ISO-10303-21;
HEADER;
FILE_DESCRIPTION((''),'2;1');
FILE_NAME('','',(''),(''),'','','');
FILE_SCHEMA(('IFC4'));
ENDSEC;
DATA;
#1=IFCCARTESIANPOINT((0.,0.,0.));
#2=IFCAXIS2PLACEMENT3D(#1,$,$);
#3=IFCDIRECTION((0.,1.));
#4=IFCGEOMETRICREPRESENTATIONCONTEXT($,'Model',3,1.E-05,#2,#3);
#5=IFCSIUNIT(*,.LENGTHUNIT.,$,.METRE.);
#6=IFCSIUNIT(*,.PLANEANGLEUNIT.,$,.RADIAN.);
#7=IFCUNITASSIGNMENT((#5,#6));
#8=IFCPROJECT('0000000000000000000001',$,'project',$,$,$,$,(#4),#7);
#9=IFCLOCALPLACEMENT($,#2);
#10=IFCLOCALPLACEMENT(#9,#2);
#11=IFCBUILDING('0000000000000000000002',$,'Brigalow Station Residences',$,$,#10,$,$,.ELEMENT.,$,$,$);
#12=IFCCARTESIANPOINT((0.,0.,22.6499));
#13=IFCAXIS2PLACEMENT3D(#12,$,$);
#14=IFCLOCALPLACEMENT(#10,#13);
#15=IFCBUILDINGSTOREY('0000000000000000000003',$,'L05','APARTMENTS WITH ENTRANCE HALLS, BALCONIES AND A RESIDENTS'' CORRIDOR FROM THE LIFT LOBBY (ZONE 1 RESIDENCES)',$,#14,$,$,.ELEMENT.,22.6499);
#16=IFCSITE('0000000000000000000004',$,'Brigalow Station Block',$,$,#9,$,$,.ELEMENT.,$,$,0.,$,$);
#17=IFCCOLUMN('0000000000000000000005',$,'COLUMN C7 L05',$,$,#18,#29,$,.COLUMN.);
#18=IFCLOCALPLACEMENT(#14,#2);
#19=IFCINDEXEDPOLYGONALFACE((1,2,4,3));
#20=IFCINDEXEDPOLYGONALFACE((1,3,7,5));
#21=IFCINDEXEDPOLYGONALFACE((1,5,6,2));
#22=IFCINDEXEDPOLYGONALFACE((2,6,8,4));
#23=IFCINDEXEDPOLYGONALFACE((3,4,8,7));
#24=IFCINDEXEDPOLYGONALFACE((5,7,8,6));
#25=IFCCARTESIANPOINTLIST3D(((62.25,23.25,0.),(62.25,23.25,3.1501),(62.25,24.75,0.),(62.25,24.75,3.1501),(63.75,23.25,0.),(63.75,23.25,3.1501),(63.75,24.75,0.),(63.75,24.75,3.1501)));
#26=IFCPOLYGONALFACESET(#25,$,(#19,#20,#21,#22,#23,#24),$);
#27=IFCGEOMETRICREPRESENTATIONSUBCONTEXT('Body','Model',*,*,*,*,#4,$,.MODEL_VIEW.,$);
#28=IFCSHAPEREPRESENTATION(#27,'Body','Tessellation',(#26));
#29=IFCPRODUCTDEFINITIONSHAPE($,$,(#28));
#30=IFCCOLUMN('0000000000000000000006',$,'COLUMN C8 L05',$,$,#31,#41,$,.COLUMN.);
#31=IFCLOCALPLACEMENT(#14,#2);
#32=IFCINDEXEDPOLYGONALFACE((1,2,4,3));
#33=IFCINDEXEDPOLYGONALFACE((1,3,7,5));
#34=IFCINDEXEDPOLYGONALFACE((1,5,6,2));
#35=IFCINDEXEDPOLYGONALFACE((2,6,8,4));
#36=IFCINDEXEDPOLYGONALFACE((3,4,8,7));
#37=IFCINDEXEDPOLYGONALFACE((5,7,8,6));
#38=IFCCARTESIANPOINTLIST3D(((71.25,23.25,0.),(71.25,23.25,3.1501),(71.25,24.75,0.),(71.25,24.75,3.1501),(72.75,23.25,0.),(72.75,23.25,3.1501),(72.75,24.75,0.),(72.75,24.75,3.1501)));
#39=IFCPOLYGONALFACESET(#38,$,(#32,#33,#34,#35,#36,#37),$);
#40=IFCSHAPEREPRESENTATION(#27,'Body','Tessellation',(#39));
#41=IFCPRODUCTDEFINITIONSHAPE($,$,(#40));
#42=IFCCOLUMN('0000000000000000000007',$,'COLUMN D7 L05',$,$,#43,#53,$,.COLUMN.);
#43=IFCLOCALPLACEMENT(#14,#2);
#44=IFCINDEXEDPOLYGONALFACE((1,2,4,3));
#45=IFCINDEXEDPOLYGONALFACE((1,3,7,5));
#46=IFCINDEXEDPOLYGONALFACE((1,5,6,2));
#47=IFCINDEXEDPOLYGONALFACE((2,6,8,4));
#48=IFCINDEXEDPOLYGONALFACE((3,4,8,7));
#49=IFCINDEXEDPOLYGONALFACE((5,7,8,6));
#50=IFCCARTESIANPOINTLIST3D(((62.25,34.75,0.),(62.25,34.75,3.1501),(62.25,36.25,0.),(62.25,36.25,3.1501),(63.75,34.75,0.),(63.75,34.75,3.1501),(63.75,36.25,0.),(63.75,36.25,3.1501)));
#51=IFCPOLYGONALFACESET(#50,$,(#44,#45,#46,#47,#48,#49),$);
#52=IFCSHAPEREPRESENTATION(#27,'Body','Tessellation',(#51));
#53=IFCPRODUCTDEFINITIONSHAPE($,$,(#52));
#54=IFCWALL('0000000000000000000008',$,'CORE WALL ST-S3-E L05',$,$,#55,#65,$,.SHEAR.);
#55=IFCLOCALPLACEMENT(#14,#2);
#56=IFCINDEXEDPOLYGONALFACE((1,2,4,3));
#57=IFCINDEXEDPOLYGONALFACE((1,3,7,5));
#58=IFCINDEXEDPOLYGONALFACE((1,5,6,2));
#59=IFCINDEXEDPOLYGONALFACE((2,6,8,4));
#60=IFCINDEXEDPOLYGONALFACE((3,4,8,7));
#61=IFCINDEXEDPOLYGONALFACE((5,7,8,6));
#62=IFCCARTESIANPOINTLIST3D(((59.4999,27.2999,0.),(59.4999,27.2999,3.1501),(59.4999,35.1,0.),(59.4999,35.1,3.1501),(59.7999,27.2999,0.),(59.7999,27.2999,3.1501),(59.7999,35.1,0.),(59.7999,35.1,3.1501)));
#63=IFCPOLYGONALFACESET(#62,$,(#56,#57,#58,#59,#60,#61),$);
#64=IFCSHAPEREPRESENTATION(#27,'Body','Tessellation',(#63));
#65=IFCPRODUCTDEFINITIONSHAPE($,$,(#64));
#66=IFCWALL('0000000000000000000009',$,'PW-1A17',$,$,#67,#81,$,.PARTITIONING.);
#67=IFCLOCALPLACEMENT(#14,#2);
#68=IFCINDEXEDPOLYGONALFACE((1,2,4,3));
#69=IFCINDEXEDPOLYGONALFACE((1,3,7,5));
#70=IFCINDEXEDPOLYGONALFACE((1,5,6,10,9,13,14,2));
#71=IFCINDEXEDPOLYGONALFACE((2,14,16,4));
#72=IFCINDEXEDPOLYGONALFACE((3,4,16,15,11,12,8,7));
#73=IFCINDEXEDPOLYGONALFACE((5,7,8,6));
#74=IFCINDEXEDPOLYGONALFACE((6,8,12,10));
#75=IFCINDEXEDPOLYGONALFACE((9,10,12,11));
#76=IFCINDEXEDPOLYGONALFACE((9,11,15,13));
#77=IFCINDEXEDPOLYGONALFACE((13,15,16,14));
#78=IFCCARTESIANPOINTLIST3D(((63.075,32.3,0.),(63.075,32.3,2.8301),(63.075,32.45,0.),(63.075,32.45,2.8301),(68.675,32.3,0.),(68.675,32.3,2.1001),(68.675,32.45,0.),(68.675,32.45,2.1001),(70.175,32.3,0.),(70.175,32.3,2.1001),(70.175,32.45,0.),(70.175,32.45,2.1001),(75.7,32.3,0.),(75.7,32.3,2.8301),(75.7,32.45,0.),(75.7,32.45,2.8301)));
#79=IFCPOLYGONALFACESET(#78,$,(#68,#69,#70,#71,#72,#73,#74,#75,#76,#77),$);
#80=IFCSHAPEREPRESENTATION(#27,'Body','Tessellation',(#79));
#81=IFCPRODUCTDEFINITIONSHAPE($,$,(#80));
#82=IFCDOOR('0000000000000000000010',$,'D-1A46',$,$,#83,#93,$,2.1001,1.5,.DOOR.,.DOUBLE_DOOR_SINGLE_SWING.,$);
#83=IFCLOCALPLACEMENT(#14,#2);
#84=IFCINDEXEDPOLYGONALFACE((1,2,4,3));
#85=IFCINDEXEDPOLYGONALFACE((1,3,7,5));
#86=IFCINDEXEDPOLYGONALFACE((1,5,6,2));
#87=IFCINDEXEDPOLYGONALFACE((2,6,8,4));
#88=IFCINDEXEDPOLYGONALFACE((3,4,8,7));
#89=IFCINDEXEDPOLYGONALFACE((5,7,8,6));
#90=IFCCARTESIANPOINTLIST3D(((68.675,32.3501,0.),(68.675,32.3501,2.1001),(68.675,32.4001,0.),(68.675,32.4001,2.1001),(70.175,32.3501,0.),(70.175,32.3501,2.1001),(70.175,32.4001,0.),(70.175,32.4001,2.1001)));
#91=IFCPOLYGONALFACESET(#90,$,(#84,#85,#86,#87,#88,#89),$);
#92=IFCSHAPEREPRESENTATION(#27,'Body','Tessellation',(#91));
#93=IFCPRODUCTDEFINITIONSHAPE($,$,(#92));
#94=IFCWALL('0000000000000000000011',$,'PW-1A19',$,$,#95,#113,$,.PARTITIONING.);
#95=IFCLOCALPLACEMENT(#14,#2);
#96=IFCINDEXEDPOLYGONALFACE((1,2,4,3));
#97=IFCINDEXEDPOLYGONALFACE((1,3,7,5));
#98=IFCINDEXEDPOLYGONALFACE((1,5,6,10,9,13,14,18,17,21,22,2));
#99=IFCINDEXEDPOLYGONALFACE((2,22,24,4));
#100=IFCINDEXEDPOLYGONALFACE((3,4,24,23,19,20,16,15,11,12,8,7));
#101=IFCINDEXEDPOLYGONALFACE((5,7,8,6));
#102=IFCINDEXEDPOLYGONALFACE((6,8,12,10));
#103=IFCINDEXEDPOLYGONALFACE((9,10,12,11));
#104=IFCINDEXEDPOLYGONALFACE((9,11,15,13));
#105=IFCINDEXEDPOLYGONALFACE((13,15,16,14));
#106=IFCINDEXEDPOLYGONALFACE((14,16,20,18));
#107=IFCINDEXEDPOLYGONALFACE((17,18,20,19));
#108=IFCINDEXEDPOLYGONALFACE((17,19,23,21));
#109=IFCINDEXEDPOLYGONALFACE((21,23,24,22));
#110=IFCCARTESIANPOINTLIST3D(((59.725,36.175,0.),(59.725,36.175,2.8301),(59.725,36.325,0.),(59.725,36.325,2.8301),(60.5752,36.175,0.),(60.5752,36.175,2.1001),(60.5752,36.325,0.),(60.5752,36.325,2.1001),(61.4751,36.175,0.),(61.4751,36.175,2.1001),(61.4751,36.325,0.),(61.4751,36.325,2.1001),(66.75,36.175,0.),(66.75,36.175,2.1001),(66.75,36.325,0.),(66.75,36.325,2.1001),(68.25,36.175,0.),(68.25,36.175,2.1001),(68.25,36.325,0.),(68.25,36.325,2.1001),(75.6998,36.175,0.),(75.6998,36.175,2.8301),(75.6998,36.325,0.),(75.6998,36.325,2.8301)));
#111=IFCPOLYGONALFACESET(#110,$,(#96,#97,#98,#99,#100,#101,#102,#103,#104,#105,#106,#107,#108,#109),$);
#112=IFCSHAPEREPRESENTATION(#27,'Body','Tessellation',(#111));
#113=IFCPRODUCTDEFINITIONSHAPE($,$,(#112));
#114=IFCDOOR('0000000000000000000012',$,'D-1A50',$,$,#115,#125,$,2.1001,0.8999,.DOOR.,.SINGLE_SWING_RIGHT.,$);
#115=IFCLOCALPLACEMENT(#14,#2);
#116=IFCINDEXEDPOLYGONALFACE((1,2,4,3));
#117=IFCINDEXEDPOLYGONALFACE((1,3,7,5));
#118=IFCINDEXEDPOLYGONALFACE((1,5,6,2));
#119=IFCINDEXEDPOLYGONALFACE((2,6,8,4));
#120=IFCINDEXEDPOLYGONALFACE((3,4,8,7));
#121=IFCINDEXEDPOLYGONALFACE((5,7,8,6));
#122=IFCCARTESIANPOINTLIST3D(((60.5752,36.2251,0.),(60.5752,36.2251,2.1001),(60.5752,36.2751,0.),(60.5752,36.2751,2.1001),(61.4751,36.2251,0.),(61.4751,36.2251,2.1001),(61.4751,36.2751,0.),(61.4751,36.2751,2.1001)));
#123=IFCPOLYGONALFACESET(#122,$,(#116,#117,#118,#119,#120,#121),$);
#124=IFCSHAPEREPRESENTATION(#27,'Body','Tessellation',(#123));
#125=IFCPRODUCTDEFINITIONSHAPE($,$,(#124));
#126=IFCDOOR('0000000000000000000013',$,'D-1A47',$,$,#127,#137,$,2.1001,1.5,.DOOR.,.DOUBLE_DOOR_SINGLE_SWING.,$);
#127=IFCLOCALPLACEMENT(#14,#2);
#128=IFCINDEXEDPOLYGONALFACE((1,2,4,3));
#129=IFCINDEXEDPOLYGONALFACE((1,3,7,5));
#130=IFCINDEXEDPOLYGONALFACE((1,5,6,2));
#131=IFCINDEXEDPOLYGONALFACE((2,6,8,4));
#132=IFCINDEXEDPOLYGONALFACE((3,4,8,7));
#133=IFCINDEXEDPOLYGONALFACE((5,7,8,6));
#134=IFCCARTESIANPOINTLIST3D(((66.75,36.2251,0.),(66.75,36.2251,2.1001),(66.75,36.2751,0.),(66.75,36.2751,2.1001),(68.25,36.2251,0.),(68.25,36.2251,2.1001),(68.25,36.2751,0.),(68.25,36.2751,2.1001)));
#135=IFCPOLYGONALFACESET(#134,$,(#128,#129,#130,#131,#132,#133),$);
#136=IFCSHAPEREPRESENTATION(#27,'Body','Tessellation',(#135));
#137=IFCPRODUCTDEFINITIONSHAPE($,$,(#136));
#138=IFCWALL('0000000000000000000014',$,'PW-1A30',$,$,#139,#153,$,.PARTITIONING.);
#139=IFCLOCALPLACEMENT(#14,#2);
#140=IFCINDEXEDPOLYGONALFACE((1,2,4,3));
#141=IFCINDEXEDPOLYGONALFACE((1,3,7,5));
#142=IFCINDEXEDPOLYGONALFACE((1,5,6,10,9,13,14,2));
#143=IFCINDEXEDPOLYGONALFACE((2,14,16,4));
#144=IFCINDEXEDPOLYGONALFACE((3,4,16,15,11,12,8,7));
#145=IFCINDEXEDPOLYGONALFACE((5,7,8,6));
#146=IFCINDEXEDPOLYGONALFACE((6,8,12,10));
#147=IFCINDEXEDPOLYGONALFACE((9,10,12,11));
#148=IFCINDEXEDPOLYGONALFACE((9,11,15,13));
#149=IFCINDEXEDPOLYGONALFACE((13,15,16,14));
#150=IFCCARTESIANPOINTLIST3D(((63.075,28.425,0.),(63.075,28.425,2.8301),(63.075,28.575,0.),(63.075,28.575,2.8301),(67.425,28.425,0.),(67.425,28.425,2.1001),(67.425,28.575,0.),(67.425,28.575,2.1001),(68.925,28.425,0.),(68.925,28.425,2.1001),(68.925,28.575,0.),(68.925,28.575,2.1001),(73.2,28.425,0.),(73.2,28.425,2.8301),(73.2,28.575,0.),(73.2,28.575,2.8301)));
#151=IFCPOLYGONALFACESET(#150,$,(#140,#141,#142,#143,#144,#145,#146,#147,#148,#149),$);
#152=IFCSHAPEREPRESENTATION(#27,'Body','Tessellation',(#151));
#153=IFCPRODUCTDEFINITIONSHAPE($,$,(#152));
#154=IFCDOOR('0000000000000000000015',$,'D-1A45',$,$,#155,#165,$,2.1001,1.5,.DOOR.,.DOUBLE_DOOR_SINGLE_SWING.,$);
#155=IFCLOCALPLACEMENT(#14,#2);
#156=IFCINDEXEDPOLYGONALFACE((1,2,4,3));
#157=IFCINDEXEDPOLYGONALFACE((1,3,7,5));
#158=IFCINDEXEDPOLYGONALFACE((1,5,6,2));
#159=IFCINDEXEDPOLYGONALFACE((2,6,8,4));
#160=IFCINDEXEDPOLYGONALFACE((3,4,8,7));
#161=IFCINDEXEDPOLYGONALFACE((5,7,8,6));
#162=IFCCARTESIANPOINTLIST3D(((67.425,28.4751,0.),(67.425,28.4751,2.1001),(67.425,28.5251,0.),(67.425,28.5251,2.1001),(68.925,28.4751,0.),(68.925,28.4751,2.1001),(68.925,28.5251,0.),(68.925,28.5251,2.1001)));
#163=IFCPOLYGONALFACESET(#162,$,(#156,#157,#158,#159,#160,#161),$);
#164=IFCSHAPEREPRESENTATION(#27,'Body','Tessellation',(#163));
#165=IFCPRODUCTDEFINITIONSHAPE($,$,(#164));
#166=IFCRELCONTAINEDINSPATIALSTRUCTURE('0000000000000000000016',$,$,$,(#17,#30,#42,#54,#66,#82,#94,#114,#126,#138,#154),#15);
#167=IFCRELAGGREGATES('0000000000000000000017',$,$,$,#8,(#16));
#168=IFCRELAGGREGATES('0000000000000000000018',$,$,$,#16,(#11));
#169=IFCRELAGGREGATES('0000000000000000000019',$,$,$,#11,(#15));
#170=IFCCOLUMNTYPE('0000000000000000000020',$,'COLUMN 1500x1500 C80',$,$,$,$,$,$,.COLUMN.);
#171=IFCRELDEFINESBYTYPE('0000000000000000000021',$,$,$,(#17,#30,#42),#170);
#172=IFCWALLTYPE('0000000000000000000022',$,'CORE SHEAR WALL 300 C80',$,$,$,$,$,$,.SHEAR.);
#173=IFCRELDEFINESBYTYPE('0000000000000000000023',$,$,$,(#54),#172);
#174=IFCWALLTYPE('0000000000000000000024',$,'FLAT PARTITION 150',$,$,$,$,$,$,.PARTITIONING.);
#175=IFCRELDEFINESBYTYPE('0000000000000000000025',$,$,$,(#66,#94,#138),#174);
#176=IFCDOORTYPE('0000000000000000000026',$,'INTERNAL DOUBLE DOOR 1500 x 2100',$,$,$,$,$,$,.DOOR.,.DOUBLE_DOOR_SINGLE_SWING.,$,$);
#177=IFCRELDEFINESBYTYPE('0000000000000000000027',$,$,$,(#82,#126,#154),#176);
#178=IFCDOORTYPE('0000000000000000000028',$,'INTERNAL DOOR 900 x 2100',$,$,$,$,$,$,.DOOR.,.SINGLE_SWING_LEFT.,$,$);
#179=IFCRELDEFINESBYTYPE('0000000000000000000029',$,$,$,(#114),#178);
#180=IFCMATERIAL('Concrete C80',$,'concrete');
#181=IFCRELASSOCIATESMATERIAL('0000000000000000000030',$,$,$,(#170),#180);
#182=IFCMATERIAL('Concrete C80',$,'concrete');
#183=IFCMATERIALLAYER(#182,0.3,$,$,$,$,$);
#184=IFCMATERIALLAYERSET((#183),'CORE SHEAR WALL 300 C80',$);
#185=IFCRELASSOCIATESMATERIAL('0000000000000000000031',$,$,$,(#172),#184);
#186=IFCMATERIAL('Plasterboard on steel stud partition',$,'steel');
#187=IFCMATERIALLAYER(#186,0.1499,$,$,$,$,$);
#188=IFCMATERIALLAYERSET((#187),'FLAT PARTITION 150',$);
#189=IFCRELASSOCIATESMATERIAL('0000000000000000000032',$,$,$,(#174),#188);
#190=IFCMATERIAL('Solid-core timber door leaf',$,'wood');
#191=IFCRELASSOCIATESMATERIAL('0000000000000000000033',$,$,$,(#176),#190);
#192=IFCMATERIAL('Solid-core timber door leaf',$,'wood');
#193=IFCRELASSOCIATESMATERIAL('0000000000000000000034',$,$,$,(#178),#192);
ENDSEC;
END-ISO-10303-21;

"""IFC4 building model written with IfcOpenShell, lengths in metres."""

from ifc_helpers import new_model, si_unit, direction, frame, frame_2d, origin, origin_2d, place, context, subcontext, project, spatial, rectangle, extrude, material, layer, layer_set, material_profile, profile_set, type_object, element, fill, save


model = new_model("IFC4")

# Units and contexts
model_context = context("Model", 3, precision=1e-05, world=origin(), true_north=direction((0.0, 1.0)))
body_context = subcontext(model_context, "Body", "Model", "MODEL_VIEW")
ifc_project = project(units=[si_unit("LENGTHUNIT", "METRE"), si_unit("PLANEANGLEUNIT", "RADIAN")], contexts=[model_context])

# Site, building, storey
site_placement = place(None, origin())
site = spatial("IfcSite", under=ifc_project, at=site_placement, Name="Brigalow Station Block", CompositionType="ELEMENT", RefElevation=0.0)
building_placement = place(site_placement, origin())
building = spatial("IfcBuilding", under=site, at=building_placement, Name="Brigalow Station Residences", CompositionType="ELEMENT")
storey_placement = place(building_placement, frame((0.0, 0.0, 22.6499)))
storey = spatial("IfcBuildingStorey", under=building, at=storey_placement, Name="L05", Description="APARTMENTS WITH ENTRANCE HALLS, BALCONIES AND A RESIDENTS' CORRIDOR FROM THE LIFT LOBBY (ZONE 1 RESIDENCES)", CompositionType="ELEMENT", Elevation=22.6499)

# Columns
ifc_material_1 = material(Name="Concrete C80", Category="concrete")
ifc_material_profile = material_profile(ifc_material_1, rectangle(XDim=1.5, YDim=1.5, at=origin_2d()), Name="RC1500x1500")
ifc_profile_set = profile_set([ifc_material_profile], Name="Concrete C80")
column_type = type_object("IfcColumnType", Name="COLUMN 1500x1500 C80", PredefinedType="COLUMN", material=ifc_profile_set)
for number, where, z_axis, x_axis, name in (
    (1, (63.0, 24.0, 0.0), (0.0, 0.0, 1.0), (1.0, 0.0, 0.0), "COLUMN C7 L05"),
    (2, (72.0, 24.0, 0.0), (0.0, 0.0, 1.0), (1.0, 0.0, 0.0), "COLUMN C8 L05"),
    (3, (63.0, 35.5, 0.0), (0.0, 0.0, 1.0), (1.0, 0.0, 0.0), "COLUMN D7 L05"),
):
    element("IfcColumn", number, at=place(storey_placement, frame(where, z_axis=z_axis, x_axis=x_axis)), inside=storey, type_object=column_type, Name=name, PredefinedType="COLUMN", context=body_context, shape_type="SweptSolid", body=[
        extrude(rectangle(XDim=1.5, YDim=1.5, at=origin_2d()), origin(), (0.0, 0.0, 1.0), 3.1501),
    ])

# Wall
ifc_material_2 = material(Name="Concrete C80", Category="concrete")
ifc_layer_1 = layer(ifc_material_2, 0.3)
ifc_layer_set_1 = layer_set([ifc_layer_1], Name="CORE SHEAR WALL 300 C80")
wall_type_1 = type_object("IfcWallType", Name="CORE SHEAR WALL 300 C80", PredefinedType="SHEAR", material=ifc_layer_set_1)
wall_1_placement = place(storey_placement, frame((59.6499, 27.3, 0.0), z_axis=(0.0, 0.0, 1.0), x_axis=(0.0, 1.0, 0.0)))
element("IfcWall", 4, at=wall_1_placement, inside=storey, type_object=wall_type_1, Name="CORE WALL ST-S3-E L05", PredefinedType="SHEAR", context=body_context, shape_type="SweptSolid", body=[
    extrude(rectangle(XDim=7.8, YDim=0.3, at=frame_2d((3.8999, 0.0))), origin(), (0.0, 0.0, 1.0), 3.1501),
])

# Wall, opening, door
ifc_material_3 = material(Name="Plasterboard on steel stud partition", Category="steel")
ifc_layer_2 = layer(ifc_material_3, 0.1499)
ifc_layer_set_2 = layer_set([ifc_layer_2], Name="FLAT PARTITION 150")
wall_type_2 = type_object("IfcWallType", Name="FLAT PARTITION 150", PredefinedType="PARTITIONING", material=ifc_layer_set_2)
wall_2_placement = place(storey_placement, frame((63.075, 32.375, 0.0), z_axis=(0.0, 0.0, 1.0), x_axis=(1.0, 0.0, 0.0)))
wall_2 = element("IfcWall", 5, at=wall_2_placement, inside=storey, type_object=wall_type_2, Name="PW-1A17", PredefinedType="PARTITIONING", context=body_context, shape_type="SweptSolid", body=[
    extrude(rectangle(XDim=12.625, YDim=0.1499, at=frame_2d((6.3125, 0.0))), origin(), (0.0, 0.0, 1.0), 2.8301),
])
opening_1_placement = place(wall_2_placement, frame((5.6001, 0.0, 0.0)))
opening_1 = element("IfcOpeningElement", 6, at=opening_1_placement, cuts=wall_2, PredefinedType="OPENING", context=body_context, shape_type="SweptSolid", body=[
    extrude(rectangle(XDim=1.5, YDim=2.1001, at=frame_2d((0.75, 1.05))), frame((0.0, 0.085, 0.0), z_axis=(0.0, -1.0, 0.0), x_axis=(1.0, 0.0, 0.0)), (0.0, 0.0, 1.0), 0.1699),
])
ifc_material_4 = material(Name="Solid-core timber door leaf", Category="wood")
door_type_1 = type_object("IfcDoorType", Name="INTERNAL DOUBLE DOOR 1500 x 2100", OperationType="DOUBLE_DOOR_SINGLE_SWING", PredefinedType="DOOR", material=ifc_material_4)
door_1_placement = place(opening_1_placement, frame((1.5, 0.0, 0.0), z_axis=(0.0, 0.0, 1.0), x_axis=(-1.0, 0.0, 0.0)))
door_1 = element("IfcDoor", 7, at=door_1_placement, inside=storey, type_object=door_type_1, Name="D-1A46", OperationType="DOUBLE_DOOR_SINGLE_SWING", OverallHeight=2.1001, OverallWidth=1.5, PredefinedType="DOOR", context=body_context, shape_type="SweptSolid", body=[
    extrude(rectangle(XDim=1.5, YDim=2.1001, at=frame_2d((0.75, 1.05))), frame((0.0, 0.0249, 0.0), z_axis=(0.0, -1.0, 0.0), x_axis=(1.0, 0.0, 0.0)), (0.0, 0.0, 1.0), 0.05),
])
fill(opening_1, door_1)

# Wall, openings, doors
wall_3_placement = place(storey_placement, frame((59.7251, 36.25, 0.0), z_axis=(0.0, 0.0, 1.0), x_axis=(1.0, 0.0, 0.0)))
wall_3 = element("IfcWall", 8, at=wall_3_placement, inside=storey, type_object=wall_type_2, Name="PW-1A19", PredefinedType="PARTITIONING", context=body_context, shape_type="SweptSolid", body=[
    extrude(rectangle(XDim=15.9749, YDim=0.1499, at=frame_2d((7.9873, 0.0))), origin(), (0.0, 0.0, 1.0), 2.8301),
])
opening_2_placement = place(wall_3_placement, frame((7.0249, 0.0, 0.0)))
opening_2 = element("IfcOpeningElement", 9, at=opening_2_placement, cuts=wall_3, PredefinedType="OPENING", context=body_context, shape_type="SweptSolid", body=[
    extrude(rectangle(XDim=1.5, YDim=2.1001, at=frame_2d((0.75, 1.05))), frame((0.0, 0.085, 0.0), z_axis=(0.0, -1.0, 0.0), x_axis=(1.0, 0.0, 0.0)), (0.0, 0.0, 1.0), 0.1699),
])
opening_3_placement = place(wall_3_placement, frame((0.8501, 0.0, 0.0)))
opening_3 = element("IfcOpeningElement", 10, at=opening_3_placement, cuts=wall_3, PredefinedType="OPENING", context=body_context, shape_type="SweptSolid", body=[
    extrude(rectangle(XDim=0.8999, YDim=2.1001, at=frame_2d((0.45, 1.05))), frame((0.0, 0.085, 0.0), z_axis=(0.0, -1.0, 0.0), x_axis=(1.0, 0.0, 0.0)), (0.0, 0.0, 1.0), 0.1699),
])
ifc_material_5 = material(Name="Solid-core timber door leaf", Category="wood")
door_type_2 = type_object("IfcDoorType", Name="INTERNAL DOOR 900 x 2100", OperationType="SINGLE_SWING_LEFT", PredefinedType="DOOR", material=ifc_material_5)
door_2_placement = place(opening_3_placement, frame((0.8999, 0.0, 0.0), z_axis=(0.0, 0.0, 1.0), x_axis=(-1.0, 0.0, 0.0)))
door_2 = element("IfcDoor", 11, at=door_2_placement, inside=storey, type_object=door_type_2, Name="D-1A50", OperationType="SINGLE_SWING_RIGHT", OverallHeight=2.1001, OverallWidth=0.8999, PredefinedType="DOOR", context=body_context, shape_type="SweptSolid", body=[
    extrude(rectangle(XDim=0.8999, YDim=2.1001, at=frame_2d((0.45, 1.05))), frame((0.0, 0.0249, 0.0), z_axis=(0.0, -1.0, 0.0), x_axis=(1.0, 0.0, 0.0)), (0.0, 0.0, 1.0), 0.05),
])
fill(opening_3, door_2)
door_3_placement = place(opening_2_placement, frame((1.5, 0.0, 0.0), z_axis=(0.0, 0.0, 1.0), x_axis=(-1.0, 0.0, 0.0)))
door_3 = element("IfcDoor", 12, at=door_3_placement, inside=storey, type_object=door_type_1, Name="D-1A47", OperationType="DOUBLE_DOOR_SINGLE_SWING", OverallHeight=2.1001, OverallWidth=1.5, PredefinedType="DOOR", context=body_context, shape_type="SweptSolid", body=[
    extrude(rectangle(XDim=1.5, YDim=2.1001, at=frame_2d((0.75, 1.05))), frame((0.0, 0.0249, 0.0), z_axis=(0.0, -1.0, 0.0), x_axis=(1.0, 0.0, 0.0)), (0.0, 0.0, 1.0), 0.05),
])
fill(opening_2, door_3)

# Wall, opening, door
wall_4_placement = place(storey_placement, frame((63.075, 28.5, 0.0), z_axis=(0.0, 0.0, 1.0), x_axis=(1.0, 0.0, 0.0)))
wall_4 = element("IfcWall", 13, at=wall_4_placement, inside=storey, type_object=wall_type_2, Name="PW-1A30", PredefinedType="PARTITIONING", context=body_context, shape_type="SweptSolid", body=[
    extrude(rectangle(XDim=10.125, YDim=0.1499, at=frame_2d((5.0625, 0.0))), origin(), (0.0, 0.0, 1.0), 2.8301),
])
opening_4_placement = place(wall_4_placement, frame((4.3501, 0.0, 0.0)))
opening_4 = element("IfcOpeningElement", 14, at=opening_4_placement, cuts=wall_4, PredefinedType="OPENING", context=body_context, shape_type="SweptSolid", body=[
    extrude(rectangle(XDim=1.5, YDim=2.1001, at=frame_2d((0.75, 1.05))), frame((0.0, 0.085, 0.0), z_axis=(0.0, -1.0, 0.0), x_axis=(1.0, 0.0, 0.0)), (0.0, 0.0, 1.0), 0.1699),
])
door_4_placement = place(opening_4_placement, frame((1.5, 0.0, 0.0), z_axis=(0.0, 0.0, 1.0), x_axis=(-1.0, 0.0, 0.0)))
door_4 = element("IfcDoor", 15, at=door_4_placement, inside=storey, type_object=door_type_1, Name="D-1A45", OperationType="DOUBLE_DOOR_SINGLE_SWING", OverallHeight=2.1001, OverallWidth=1.5, PredefinedType="DOOR", context=body_context, shape_type="SweptSolid", body=[
    extrude(rectangle(XDim=1.5, YDim=2.1001, at=frame_2d((0.75, 1.05))), frame((0.0, 0.0249, 0.0), z_axis=(0.0, -1.0, 0.0), x_axis=(1.0, 0.0, 0.0)), (0.0, 0.0, 1.0), 0.05),
])
fill(opening_4, door_4)

save(model, "model.ifc")
